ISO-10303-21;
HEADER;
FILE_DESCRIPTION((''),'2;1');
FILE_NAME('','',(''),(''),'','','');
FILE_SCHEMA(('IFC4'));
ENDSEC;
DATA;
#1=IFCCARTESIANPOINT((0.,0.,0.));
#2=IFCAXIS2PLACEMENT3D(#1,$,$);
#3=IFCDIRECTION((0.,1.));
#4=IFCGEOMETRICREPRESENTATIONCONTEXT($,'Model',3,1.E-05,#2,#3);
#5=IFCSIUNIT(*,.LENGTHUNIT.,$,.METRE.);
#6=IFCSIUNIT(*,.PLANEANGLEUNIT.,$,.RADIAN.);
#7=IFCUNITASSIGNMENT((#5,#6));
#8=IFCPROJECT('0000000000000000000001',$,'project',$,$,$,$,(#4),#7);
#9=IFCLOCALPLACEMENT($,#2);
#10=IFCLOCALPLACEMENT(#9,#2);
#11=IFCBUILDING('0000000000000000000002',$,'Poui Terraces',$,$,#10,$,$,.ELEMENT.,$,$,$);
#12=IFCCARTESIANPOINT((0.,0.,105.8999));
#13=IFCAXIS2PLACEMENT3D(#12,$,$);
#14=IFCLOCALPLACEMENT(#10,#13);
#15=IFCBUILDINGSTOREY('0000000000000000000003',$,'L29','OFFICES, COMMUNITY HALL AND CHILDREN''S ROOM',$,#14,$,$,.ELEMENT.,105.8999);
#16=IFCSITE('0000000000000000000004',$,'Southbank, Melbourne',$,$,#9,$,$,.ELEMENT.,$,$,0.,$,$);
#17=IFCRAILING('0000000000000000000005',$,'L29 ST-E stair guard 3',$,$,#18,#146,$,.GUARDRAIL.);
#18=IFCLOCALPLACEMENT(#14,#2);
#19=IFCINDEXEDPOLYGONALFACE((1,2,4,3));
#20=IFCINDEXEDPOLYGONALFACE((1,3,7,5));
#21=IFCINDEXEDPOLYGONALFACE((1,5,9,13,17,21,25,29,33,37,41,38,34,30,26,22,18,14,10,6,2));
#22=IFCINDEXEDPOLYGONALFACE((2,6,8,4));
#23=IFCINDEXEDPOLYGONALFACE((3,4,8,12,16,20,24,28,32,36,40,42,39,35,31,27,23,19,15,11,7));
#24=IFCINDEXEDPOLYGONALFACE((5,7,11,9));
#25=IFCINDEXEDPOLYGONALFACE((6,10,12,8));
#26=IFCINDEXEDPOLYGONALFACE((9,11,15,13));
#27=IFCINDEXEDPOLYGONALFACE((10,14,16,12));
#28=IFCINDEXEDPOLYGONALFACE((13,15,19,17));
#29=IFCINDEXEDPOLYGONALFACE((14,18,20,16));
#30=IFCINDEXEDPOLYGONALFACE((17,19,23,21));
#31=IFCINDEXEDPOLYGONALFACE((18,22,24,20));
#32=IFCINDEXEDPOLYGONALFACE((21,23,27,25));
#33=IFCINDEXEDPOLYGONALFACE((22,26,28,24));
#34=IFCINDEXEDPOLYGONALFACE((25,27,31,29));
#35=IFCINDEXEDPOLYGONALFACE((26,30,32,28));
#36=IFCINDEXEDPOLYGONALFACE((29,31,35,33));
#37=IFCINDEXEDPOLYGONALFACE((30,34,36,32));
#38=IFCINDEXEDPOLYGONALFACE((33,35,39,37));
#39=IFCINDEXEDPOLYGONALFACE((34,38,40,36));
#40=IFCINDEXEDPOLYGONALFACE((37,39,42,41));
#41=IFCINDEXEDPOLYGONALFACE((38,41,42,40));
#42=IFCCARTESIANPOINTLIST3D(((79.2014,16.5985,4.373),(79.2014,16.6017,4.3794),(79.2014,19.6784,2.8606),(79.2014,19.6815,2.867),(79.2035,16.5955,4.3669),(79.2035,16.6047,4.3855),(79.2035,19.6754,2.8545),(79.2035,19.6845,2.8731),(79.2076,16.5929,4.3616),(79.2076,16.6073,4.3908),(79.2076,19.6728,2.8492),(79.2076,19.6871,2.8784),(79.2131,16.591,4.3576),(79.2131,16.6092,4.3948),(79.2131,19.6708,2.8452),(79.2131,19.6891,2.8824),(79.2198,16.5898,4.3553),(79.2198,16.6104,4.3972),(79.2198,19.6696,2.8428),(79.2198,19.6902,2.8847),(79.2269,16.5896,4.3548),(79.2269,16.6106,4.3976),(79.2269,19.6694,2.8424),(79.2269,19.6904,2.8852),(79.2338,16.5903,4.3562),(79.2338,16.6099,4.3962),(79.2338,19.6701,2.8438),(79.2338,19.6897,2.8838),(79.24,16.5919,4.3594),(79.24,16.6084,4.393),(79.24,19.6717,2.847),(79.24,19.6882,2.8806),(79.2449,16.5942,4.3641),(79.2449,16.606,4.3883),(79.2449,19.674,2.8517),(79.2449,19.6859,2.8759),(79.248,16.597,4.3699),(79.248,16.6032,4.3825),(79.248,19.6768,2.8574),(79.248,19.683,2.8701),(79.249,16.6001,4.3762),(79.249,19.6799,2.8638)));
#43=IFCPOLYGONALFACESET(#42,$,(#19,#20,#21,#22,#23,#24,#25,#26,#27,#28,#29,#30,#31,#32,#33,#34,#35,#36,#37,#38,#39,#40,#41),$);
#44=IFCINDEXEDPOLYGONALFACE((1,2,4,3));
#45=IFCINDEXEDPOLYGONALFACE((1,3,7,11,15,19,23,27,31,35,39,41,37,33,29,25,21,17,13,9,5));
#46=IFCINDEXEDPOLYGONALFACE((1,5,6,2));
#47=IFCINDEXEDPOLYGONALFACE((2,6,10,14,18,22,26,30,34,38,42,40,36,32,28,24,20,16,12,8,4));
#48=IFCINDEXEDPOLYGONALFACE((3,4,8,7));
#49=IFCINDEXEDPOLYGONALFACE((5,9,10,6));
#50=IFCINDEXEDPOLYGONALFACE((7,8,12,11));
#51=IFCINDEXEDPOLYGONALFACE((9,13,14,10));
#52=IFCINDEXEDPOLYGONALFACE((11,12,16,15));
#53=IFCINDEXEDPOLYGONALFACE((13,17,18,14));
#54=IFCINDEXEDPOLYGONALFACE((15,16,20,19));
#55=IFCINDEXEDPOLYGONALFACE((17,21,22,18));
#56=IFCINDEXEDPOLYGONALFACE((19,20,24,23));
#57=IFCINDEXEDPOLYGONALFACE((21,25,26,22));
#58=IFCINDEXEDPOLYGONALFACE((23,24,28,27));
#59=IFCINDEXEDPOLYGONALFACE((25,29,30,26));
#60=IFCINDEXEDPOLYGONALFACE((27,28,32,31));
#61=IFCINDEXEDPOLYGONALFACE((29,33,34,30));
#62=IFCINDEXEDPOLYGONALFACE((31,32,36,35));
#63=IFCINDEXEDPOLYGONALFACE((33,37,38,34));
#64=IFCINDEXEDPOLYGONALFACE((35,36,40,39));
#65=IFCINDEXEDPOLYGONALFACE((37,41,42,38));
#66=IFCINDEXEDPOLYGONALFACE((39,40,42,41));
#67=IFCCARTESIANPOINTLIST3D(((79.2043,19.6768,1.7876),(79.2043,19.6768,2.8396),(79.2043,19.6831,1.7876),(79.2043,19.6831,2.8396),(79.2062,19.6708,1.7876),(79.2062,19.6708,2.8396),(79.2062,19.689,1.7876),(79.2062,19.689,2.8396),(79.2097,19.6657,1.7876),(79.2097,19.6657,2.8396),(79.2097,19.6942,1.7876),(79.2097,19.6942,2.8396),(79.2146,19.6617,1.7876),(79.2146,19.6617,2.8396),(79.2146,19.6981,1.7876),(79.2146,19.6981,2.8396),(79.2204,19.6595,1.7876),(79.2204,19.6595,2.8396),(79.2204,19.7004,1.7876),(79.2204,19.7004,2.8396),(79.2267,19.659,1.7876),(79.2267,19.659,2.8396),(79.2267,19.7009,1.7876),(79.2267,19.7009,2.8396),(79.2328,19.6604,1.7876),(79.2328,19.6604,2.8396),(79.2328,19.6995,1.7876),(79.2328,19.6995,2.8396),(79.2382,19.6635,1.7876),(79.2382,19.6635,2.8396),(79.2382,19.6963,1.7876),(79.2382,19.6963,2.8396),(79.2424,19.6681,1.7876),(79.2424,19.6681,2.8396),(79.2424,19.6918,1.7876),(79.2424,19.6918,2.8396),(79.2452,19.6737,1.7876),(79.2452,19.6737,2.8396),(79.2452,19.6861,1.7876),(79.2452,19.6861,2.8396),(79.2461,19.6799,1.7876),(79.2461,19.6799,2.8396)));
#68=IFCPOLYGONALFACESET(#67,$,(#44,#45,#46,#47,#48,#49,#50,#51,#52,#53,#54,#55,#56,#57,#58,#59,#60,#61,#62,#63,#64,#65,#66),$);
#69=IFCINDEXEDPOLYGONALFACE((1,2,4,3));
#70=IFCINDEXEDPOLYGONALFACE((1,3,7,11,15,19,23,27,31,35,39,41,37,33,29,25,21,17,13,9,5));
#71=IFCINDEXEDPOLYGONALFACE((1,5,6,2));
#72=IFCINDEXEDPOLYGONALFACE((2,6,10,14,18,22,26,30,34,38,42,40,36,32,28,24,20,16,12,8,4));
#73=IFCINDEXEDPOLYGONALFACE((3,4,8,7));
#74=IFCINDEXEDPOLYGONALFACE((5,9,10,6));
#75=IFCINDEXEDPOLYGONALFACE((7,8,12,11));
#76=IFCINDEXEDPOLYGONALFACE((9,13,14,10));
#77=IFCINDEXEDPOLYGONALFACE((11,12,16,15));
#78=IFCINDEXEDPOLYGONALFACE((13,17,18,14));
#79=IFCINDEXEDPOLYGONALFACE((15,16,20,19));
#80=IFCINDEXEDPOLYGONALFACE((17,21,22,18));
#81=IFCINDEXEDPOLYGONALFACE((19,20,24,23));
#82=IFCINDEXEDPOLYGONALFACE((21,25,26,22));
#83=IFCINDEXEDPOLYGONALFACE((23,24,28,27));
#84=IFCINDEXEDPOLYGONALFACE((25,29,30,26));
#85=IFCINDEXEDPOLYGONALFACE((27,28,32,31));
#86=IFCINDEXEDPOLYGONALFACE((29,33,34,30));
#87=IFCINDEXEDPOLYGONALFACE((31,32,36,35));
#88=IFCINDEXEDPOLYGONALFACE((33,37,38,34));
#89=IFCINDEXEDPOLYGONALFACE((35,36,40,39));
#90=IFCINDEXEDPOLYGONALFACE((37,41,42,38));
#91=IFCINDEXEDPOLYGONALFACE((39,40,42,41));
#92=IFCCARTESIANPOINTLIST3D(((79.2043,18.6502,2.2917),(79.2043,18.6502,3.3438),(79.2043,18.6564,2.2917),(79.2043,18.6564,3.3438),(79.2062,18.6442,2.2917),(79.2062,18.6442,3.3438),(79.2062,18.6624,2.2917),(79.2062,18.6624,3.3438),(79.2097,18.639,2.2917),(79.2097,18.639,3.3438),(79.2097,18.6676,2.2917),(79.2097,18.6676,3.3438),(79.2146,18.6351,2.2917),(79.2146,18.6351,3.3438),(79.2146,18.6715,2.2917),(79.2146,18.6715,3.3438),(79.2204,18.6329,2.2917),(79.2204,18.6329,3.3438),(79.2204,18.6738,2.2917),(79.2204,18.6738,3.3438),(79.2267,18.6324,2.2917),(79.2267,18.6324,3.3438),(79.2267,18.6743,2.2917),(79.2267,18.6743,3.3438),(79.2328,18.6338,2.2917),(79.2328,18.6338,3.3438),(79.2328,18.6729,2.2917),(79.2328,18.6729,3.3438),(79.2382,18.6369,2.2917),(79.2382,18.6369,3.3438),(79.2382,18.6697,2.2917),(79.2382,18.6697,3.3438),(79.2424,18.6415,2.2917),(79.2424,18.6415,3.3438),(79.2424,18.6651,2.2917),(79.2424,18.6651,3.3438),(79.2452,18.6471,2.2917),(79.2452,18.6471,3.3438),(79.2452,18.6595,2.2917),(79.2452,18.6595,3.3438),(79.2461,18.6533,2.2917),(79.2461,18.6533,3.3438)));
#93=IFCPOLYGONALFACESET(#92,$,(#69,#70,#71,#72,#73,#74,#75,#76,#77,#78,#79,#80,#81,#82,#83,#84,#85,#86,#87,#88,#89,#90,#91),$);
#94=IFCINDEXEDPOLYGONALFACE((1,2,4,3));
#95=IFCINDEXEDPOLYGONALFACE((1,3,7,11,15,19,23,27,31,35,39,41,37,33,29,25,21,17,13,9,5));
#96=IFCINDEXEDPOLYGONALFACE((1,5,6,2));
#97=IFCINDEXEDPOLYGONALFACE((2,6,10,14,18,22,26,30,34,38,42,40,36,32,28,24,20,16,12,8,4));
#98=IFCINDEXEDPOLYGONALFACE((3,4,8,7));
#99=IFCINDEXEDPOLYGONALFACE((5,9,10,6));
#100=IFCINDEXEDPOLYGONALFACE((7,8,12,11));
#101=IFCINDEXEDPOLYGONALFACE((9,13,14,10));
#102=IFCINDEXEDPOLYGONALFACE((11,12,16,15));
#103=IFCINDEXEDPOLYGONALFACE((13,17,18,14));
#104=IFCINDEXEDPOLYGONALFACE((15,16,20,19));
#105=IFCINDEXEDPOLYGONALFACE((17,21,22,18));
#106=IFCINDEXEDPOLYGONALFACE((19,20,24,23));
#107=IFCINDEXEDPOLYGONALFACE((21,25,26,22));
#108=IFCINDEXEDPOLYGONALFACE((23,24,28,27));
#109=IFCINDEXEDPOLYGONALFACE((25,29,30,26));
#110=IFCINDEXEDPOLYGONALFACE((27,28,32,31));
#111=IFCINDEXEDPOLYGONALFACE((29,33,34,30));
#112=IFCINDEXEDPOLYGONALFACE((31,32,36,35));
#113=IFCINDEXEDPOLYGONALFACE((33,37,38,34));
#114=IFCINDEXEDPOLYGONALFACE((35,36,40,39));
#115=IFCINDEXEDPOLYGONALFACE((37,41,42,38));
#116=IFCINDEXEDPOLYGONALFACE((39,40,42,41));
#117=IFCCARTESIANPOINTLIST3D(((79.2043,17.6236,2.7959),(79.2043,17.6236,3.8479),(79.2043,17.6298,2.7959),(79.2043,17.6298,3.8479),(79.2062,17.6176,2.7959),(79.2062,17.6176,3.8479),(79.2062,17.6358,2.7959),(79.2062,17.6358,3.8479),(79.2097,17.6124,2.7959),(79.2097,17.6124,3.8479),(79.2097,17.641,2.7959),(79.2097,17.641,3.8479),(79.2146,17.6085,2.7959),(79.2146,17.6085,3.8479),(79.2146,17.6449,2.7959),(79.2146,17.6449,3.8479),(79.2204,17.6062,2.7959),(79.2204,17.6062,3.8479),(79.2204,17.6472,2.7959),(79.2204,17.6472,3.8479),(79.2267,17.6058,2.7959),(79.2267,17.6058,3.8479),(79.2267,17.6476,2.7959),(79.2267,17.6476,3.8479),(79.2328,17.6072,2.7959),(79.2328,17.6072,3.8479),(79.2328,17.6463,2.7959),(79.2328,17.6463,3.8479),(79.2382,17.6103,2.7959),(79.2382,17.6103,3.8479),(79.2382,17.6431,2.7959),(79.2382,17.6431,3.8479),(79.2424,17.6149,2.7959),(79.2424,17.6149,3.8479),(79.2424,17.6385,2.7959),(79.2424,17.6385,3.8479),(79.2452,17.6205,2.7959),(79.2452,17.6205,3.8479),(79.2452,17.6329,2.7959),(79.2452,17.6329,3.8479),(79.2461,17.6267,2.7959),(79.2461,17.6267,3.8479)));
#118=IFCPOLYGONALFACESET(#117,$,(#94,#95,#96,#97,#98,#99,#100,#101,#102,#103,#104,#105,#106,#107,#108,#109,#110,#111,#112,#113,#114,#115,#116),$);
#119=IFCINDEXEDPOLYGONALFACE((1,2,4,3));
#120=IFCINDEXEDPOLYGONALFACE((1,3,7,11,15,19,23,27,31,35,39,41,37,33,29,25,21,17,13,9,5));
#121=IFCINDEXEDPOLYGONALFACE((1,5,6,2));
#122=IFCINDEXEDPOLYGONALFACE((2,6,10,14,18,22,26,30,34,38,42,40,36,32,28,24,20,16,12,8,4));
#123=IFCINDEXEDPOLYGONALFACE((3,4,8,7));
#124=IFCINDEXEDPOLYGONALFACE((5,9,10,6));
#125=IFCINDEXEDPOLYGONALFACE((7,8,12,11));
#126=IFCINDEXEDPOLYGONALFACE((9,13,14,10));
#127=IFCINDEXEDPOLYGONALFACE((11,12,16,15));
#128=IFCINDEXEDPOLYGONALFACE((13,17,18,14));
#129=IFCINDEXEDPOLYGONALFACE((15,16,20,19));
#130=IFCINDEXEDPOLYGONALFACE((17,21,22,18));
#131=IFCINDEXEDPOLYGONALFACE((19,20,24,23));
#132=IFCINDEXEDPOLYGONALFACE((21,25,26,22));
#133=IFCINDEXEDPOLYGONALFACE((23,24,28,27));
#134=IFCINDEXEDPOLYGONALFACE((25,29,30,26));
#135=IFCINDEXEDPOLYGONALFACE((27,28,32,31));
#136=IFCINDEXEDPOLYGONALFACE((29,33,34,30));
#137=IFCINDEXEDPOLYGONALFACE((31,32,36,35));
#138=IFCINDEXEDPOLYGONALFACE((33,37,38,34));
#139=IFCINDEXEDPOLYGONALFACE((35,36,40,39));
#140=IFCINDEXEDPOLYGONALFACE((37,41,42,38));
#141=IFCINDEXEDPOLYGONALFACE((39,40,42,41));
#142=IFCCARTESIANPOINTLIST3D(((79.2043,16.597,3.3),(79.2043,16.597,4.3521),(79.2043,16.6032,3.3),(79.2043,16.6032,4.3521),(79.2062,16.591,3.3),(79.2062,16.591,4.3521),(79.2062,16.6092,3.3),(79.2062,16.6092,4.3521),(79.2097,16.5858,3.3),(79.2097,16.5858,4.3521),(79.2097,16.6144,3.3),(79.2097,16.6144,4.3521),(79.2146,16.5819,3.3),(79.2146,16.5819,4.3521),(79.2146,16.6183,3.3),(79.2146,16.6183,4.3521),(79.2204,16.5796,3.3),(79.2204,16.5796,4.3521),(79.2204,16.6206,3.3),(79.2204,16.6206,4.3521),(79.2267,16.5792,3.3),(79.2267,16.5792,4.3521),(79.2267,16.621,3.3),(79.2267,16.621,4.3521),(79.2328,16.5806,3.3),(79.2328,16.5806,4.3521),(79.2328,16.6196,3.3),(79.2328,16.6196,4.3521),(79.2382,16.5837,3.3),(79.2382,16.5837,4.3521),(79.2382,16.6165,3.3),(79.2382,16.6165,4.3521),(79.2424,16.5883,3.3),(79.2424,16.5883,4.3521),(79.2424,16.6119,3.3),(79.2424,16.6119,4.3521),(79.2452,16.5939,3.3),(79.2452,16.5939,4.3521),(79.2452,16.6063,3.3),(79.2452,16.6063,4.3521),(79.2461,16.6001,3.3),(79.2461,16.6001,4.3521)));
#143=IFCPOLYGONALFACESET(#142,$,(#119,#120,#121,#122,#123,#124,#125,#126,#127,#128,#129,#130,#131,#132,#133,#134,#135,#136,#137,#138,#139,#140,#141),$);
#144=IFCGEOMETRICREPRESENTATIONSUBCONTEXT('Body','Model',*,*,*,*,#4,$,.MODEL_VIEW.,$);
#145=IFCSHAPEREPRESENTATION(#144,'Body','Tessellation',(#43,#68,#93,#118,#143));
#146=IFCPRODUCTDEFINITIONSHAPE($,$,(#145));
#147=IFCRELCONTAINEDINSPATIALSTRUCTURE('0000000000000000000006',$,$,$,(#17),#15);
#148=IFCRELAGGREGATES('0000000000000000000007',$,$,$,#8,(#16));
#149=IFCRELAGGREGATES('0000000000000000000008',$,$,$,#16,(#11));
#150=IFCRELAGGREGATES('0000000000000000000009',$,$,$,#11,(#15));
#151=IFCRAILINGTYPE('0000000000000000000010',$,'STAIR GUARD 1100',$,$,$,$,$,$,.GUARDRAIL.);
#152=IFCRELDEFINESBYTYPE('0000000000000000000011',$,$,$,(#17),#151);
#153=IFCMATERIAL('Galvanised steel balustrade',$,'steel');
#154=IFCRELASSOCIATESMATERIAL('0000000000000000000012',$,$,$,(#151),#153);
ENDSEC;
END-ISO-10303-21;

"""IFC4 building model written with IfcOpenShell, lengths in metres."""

from ifc_helpers import new_model, si_unit, direction, frame, origin, origin_2d, place, context, subcontext, project, spatial, circle, extrude, material, type_object, element, save


model = new_model("IFC4")

# Units and contexts
model_context = context("Model", 3, precision=1e-05, world=origin(), true_north=direction((0.0, 1.0)))
body_context = subcontext(model_context, "Body", "Model", "MODEL_VIEW")
ifc_project = project(units=[si_unit("LENGTHUNIT", "METRE"), si_unit("PLANEANGLEUNIT", "RADIAN")], contexts=[model_context])

# Site, building, storey
site_placement = place(None, origin())
site = spatial("IfcSite", under=ifc_project, at=site_placement, Name="Southbank, Melbourne", CompositionType="ELEMENT", RefElevation=0.0)
building_placement = place(site_placement, origin())
building = spatial("IfcBuilding", under=site, at=building_placement, Name="Poui Terraces", CompositionType="ELEMENT")
storey_placement = place(building_placement, frame((0.0, 0.0, 105.8999)))
storey = spatial("IfcBuildingStorey", under=building, at=storey_placement, Name="L29", Description="OFFICES, COMMUNITY HALL AND CHILDREN'S ROOM", CompositionType="ELEMENT", Elevation=105.8999)

# Railing
ifc_material_1 = material(Name="Galvanised steel balustrade", Category="steel")
railing_type_1 = type_object("IfcRailingType", Name="STAIR GUARD 1100", PredefinedType="GUARDRAIL", material=ifc_material_1)
railing_1_placement = place(storey_placement, frame((79.2251, 19.6799, 1.7876)))
element("IfcRailing", 1, at=railing_1_placement, inside=storey, type_object=railing_type_1, Name="L29 ST-E stair guard 3", PredefinedType="GUARDRAIL", context=body_context, shape_type="SweptSolid", body=[
    extrude(circle(Radius=0.0239, at=origin_2d()), frame((0.0, 0.0, 1.0762), z_axis=(0.0, -0.897606, 0.440798), x_axis=(1.0, 0.0, 0.0)), (0.0, 0.0, 1.0), 3.4312),
    extrude(circle(Radius=0.021, at=origin_2d()), origin(), (0.0, 0.0, 1.0), 1.052),
    extrude(circle(Radius=0.021, at=origin_2d()), frame((0.0, -1.0266, 0.5042)), (0.0, 0.0, 1.0), 1.052),
    extrude(circle(Radius=0.021, at=origin_2d()), frame((0.0, -2.0532, 1.0083)), (0.0, 0.0, 1.0), 1.052),
    extrude(circle(Radius=0.021, at=origin_2d()), frame((0.0, -3.0798, 1.5125)), (0.0, 0.0, 1.0), 1.052),
])

save(model, "model.ifc")
